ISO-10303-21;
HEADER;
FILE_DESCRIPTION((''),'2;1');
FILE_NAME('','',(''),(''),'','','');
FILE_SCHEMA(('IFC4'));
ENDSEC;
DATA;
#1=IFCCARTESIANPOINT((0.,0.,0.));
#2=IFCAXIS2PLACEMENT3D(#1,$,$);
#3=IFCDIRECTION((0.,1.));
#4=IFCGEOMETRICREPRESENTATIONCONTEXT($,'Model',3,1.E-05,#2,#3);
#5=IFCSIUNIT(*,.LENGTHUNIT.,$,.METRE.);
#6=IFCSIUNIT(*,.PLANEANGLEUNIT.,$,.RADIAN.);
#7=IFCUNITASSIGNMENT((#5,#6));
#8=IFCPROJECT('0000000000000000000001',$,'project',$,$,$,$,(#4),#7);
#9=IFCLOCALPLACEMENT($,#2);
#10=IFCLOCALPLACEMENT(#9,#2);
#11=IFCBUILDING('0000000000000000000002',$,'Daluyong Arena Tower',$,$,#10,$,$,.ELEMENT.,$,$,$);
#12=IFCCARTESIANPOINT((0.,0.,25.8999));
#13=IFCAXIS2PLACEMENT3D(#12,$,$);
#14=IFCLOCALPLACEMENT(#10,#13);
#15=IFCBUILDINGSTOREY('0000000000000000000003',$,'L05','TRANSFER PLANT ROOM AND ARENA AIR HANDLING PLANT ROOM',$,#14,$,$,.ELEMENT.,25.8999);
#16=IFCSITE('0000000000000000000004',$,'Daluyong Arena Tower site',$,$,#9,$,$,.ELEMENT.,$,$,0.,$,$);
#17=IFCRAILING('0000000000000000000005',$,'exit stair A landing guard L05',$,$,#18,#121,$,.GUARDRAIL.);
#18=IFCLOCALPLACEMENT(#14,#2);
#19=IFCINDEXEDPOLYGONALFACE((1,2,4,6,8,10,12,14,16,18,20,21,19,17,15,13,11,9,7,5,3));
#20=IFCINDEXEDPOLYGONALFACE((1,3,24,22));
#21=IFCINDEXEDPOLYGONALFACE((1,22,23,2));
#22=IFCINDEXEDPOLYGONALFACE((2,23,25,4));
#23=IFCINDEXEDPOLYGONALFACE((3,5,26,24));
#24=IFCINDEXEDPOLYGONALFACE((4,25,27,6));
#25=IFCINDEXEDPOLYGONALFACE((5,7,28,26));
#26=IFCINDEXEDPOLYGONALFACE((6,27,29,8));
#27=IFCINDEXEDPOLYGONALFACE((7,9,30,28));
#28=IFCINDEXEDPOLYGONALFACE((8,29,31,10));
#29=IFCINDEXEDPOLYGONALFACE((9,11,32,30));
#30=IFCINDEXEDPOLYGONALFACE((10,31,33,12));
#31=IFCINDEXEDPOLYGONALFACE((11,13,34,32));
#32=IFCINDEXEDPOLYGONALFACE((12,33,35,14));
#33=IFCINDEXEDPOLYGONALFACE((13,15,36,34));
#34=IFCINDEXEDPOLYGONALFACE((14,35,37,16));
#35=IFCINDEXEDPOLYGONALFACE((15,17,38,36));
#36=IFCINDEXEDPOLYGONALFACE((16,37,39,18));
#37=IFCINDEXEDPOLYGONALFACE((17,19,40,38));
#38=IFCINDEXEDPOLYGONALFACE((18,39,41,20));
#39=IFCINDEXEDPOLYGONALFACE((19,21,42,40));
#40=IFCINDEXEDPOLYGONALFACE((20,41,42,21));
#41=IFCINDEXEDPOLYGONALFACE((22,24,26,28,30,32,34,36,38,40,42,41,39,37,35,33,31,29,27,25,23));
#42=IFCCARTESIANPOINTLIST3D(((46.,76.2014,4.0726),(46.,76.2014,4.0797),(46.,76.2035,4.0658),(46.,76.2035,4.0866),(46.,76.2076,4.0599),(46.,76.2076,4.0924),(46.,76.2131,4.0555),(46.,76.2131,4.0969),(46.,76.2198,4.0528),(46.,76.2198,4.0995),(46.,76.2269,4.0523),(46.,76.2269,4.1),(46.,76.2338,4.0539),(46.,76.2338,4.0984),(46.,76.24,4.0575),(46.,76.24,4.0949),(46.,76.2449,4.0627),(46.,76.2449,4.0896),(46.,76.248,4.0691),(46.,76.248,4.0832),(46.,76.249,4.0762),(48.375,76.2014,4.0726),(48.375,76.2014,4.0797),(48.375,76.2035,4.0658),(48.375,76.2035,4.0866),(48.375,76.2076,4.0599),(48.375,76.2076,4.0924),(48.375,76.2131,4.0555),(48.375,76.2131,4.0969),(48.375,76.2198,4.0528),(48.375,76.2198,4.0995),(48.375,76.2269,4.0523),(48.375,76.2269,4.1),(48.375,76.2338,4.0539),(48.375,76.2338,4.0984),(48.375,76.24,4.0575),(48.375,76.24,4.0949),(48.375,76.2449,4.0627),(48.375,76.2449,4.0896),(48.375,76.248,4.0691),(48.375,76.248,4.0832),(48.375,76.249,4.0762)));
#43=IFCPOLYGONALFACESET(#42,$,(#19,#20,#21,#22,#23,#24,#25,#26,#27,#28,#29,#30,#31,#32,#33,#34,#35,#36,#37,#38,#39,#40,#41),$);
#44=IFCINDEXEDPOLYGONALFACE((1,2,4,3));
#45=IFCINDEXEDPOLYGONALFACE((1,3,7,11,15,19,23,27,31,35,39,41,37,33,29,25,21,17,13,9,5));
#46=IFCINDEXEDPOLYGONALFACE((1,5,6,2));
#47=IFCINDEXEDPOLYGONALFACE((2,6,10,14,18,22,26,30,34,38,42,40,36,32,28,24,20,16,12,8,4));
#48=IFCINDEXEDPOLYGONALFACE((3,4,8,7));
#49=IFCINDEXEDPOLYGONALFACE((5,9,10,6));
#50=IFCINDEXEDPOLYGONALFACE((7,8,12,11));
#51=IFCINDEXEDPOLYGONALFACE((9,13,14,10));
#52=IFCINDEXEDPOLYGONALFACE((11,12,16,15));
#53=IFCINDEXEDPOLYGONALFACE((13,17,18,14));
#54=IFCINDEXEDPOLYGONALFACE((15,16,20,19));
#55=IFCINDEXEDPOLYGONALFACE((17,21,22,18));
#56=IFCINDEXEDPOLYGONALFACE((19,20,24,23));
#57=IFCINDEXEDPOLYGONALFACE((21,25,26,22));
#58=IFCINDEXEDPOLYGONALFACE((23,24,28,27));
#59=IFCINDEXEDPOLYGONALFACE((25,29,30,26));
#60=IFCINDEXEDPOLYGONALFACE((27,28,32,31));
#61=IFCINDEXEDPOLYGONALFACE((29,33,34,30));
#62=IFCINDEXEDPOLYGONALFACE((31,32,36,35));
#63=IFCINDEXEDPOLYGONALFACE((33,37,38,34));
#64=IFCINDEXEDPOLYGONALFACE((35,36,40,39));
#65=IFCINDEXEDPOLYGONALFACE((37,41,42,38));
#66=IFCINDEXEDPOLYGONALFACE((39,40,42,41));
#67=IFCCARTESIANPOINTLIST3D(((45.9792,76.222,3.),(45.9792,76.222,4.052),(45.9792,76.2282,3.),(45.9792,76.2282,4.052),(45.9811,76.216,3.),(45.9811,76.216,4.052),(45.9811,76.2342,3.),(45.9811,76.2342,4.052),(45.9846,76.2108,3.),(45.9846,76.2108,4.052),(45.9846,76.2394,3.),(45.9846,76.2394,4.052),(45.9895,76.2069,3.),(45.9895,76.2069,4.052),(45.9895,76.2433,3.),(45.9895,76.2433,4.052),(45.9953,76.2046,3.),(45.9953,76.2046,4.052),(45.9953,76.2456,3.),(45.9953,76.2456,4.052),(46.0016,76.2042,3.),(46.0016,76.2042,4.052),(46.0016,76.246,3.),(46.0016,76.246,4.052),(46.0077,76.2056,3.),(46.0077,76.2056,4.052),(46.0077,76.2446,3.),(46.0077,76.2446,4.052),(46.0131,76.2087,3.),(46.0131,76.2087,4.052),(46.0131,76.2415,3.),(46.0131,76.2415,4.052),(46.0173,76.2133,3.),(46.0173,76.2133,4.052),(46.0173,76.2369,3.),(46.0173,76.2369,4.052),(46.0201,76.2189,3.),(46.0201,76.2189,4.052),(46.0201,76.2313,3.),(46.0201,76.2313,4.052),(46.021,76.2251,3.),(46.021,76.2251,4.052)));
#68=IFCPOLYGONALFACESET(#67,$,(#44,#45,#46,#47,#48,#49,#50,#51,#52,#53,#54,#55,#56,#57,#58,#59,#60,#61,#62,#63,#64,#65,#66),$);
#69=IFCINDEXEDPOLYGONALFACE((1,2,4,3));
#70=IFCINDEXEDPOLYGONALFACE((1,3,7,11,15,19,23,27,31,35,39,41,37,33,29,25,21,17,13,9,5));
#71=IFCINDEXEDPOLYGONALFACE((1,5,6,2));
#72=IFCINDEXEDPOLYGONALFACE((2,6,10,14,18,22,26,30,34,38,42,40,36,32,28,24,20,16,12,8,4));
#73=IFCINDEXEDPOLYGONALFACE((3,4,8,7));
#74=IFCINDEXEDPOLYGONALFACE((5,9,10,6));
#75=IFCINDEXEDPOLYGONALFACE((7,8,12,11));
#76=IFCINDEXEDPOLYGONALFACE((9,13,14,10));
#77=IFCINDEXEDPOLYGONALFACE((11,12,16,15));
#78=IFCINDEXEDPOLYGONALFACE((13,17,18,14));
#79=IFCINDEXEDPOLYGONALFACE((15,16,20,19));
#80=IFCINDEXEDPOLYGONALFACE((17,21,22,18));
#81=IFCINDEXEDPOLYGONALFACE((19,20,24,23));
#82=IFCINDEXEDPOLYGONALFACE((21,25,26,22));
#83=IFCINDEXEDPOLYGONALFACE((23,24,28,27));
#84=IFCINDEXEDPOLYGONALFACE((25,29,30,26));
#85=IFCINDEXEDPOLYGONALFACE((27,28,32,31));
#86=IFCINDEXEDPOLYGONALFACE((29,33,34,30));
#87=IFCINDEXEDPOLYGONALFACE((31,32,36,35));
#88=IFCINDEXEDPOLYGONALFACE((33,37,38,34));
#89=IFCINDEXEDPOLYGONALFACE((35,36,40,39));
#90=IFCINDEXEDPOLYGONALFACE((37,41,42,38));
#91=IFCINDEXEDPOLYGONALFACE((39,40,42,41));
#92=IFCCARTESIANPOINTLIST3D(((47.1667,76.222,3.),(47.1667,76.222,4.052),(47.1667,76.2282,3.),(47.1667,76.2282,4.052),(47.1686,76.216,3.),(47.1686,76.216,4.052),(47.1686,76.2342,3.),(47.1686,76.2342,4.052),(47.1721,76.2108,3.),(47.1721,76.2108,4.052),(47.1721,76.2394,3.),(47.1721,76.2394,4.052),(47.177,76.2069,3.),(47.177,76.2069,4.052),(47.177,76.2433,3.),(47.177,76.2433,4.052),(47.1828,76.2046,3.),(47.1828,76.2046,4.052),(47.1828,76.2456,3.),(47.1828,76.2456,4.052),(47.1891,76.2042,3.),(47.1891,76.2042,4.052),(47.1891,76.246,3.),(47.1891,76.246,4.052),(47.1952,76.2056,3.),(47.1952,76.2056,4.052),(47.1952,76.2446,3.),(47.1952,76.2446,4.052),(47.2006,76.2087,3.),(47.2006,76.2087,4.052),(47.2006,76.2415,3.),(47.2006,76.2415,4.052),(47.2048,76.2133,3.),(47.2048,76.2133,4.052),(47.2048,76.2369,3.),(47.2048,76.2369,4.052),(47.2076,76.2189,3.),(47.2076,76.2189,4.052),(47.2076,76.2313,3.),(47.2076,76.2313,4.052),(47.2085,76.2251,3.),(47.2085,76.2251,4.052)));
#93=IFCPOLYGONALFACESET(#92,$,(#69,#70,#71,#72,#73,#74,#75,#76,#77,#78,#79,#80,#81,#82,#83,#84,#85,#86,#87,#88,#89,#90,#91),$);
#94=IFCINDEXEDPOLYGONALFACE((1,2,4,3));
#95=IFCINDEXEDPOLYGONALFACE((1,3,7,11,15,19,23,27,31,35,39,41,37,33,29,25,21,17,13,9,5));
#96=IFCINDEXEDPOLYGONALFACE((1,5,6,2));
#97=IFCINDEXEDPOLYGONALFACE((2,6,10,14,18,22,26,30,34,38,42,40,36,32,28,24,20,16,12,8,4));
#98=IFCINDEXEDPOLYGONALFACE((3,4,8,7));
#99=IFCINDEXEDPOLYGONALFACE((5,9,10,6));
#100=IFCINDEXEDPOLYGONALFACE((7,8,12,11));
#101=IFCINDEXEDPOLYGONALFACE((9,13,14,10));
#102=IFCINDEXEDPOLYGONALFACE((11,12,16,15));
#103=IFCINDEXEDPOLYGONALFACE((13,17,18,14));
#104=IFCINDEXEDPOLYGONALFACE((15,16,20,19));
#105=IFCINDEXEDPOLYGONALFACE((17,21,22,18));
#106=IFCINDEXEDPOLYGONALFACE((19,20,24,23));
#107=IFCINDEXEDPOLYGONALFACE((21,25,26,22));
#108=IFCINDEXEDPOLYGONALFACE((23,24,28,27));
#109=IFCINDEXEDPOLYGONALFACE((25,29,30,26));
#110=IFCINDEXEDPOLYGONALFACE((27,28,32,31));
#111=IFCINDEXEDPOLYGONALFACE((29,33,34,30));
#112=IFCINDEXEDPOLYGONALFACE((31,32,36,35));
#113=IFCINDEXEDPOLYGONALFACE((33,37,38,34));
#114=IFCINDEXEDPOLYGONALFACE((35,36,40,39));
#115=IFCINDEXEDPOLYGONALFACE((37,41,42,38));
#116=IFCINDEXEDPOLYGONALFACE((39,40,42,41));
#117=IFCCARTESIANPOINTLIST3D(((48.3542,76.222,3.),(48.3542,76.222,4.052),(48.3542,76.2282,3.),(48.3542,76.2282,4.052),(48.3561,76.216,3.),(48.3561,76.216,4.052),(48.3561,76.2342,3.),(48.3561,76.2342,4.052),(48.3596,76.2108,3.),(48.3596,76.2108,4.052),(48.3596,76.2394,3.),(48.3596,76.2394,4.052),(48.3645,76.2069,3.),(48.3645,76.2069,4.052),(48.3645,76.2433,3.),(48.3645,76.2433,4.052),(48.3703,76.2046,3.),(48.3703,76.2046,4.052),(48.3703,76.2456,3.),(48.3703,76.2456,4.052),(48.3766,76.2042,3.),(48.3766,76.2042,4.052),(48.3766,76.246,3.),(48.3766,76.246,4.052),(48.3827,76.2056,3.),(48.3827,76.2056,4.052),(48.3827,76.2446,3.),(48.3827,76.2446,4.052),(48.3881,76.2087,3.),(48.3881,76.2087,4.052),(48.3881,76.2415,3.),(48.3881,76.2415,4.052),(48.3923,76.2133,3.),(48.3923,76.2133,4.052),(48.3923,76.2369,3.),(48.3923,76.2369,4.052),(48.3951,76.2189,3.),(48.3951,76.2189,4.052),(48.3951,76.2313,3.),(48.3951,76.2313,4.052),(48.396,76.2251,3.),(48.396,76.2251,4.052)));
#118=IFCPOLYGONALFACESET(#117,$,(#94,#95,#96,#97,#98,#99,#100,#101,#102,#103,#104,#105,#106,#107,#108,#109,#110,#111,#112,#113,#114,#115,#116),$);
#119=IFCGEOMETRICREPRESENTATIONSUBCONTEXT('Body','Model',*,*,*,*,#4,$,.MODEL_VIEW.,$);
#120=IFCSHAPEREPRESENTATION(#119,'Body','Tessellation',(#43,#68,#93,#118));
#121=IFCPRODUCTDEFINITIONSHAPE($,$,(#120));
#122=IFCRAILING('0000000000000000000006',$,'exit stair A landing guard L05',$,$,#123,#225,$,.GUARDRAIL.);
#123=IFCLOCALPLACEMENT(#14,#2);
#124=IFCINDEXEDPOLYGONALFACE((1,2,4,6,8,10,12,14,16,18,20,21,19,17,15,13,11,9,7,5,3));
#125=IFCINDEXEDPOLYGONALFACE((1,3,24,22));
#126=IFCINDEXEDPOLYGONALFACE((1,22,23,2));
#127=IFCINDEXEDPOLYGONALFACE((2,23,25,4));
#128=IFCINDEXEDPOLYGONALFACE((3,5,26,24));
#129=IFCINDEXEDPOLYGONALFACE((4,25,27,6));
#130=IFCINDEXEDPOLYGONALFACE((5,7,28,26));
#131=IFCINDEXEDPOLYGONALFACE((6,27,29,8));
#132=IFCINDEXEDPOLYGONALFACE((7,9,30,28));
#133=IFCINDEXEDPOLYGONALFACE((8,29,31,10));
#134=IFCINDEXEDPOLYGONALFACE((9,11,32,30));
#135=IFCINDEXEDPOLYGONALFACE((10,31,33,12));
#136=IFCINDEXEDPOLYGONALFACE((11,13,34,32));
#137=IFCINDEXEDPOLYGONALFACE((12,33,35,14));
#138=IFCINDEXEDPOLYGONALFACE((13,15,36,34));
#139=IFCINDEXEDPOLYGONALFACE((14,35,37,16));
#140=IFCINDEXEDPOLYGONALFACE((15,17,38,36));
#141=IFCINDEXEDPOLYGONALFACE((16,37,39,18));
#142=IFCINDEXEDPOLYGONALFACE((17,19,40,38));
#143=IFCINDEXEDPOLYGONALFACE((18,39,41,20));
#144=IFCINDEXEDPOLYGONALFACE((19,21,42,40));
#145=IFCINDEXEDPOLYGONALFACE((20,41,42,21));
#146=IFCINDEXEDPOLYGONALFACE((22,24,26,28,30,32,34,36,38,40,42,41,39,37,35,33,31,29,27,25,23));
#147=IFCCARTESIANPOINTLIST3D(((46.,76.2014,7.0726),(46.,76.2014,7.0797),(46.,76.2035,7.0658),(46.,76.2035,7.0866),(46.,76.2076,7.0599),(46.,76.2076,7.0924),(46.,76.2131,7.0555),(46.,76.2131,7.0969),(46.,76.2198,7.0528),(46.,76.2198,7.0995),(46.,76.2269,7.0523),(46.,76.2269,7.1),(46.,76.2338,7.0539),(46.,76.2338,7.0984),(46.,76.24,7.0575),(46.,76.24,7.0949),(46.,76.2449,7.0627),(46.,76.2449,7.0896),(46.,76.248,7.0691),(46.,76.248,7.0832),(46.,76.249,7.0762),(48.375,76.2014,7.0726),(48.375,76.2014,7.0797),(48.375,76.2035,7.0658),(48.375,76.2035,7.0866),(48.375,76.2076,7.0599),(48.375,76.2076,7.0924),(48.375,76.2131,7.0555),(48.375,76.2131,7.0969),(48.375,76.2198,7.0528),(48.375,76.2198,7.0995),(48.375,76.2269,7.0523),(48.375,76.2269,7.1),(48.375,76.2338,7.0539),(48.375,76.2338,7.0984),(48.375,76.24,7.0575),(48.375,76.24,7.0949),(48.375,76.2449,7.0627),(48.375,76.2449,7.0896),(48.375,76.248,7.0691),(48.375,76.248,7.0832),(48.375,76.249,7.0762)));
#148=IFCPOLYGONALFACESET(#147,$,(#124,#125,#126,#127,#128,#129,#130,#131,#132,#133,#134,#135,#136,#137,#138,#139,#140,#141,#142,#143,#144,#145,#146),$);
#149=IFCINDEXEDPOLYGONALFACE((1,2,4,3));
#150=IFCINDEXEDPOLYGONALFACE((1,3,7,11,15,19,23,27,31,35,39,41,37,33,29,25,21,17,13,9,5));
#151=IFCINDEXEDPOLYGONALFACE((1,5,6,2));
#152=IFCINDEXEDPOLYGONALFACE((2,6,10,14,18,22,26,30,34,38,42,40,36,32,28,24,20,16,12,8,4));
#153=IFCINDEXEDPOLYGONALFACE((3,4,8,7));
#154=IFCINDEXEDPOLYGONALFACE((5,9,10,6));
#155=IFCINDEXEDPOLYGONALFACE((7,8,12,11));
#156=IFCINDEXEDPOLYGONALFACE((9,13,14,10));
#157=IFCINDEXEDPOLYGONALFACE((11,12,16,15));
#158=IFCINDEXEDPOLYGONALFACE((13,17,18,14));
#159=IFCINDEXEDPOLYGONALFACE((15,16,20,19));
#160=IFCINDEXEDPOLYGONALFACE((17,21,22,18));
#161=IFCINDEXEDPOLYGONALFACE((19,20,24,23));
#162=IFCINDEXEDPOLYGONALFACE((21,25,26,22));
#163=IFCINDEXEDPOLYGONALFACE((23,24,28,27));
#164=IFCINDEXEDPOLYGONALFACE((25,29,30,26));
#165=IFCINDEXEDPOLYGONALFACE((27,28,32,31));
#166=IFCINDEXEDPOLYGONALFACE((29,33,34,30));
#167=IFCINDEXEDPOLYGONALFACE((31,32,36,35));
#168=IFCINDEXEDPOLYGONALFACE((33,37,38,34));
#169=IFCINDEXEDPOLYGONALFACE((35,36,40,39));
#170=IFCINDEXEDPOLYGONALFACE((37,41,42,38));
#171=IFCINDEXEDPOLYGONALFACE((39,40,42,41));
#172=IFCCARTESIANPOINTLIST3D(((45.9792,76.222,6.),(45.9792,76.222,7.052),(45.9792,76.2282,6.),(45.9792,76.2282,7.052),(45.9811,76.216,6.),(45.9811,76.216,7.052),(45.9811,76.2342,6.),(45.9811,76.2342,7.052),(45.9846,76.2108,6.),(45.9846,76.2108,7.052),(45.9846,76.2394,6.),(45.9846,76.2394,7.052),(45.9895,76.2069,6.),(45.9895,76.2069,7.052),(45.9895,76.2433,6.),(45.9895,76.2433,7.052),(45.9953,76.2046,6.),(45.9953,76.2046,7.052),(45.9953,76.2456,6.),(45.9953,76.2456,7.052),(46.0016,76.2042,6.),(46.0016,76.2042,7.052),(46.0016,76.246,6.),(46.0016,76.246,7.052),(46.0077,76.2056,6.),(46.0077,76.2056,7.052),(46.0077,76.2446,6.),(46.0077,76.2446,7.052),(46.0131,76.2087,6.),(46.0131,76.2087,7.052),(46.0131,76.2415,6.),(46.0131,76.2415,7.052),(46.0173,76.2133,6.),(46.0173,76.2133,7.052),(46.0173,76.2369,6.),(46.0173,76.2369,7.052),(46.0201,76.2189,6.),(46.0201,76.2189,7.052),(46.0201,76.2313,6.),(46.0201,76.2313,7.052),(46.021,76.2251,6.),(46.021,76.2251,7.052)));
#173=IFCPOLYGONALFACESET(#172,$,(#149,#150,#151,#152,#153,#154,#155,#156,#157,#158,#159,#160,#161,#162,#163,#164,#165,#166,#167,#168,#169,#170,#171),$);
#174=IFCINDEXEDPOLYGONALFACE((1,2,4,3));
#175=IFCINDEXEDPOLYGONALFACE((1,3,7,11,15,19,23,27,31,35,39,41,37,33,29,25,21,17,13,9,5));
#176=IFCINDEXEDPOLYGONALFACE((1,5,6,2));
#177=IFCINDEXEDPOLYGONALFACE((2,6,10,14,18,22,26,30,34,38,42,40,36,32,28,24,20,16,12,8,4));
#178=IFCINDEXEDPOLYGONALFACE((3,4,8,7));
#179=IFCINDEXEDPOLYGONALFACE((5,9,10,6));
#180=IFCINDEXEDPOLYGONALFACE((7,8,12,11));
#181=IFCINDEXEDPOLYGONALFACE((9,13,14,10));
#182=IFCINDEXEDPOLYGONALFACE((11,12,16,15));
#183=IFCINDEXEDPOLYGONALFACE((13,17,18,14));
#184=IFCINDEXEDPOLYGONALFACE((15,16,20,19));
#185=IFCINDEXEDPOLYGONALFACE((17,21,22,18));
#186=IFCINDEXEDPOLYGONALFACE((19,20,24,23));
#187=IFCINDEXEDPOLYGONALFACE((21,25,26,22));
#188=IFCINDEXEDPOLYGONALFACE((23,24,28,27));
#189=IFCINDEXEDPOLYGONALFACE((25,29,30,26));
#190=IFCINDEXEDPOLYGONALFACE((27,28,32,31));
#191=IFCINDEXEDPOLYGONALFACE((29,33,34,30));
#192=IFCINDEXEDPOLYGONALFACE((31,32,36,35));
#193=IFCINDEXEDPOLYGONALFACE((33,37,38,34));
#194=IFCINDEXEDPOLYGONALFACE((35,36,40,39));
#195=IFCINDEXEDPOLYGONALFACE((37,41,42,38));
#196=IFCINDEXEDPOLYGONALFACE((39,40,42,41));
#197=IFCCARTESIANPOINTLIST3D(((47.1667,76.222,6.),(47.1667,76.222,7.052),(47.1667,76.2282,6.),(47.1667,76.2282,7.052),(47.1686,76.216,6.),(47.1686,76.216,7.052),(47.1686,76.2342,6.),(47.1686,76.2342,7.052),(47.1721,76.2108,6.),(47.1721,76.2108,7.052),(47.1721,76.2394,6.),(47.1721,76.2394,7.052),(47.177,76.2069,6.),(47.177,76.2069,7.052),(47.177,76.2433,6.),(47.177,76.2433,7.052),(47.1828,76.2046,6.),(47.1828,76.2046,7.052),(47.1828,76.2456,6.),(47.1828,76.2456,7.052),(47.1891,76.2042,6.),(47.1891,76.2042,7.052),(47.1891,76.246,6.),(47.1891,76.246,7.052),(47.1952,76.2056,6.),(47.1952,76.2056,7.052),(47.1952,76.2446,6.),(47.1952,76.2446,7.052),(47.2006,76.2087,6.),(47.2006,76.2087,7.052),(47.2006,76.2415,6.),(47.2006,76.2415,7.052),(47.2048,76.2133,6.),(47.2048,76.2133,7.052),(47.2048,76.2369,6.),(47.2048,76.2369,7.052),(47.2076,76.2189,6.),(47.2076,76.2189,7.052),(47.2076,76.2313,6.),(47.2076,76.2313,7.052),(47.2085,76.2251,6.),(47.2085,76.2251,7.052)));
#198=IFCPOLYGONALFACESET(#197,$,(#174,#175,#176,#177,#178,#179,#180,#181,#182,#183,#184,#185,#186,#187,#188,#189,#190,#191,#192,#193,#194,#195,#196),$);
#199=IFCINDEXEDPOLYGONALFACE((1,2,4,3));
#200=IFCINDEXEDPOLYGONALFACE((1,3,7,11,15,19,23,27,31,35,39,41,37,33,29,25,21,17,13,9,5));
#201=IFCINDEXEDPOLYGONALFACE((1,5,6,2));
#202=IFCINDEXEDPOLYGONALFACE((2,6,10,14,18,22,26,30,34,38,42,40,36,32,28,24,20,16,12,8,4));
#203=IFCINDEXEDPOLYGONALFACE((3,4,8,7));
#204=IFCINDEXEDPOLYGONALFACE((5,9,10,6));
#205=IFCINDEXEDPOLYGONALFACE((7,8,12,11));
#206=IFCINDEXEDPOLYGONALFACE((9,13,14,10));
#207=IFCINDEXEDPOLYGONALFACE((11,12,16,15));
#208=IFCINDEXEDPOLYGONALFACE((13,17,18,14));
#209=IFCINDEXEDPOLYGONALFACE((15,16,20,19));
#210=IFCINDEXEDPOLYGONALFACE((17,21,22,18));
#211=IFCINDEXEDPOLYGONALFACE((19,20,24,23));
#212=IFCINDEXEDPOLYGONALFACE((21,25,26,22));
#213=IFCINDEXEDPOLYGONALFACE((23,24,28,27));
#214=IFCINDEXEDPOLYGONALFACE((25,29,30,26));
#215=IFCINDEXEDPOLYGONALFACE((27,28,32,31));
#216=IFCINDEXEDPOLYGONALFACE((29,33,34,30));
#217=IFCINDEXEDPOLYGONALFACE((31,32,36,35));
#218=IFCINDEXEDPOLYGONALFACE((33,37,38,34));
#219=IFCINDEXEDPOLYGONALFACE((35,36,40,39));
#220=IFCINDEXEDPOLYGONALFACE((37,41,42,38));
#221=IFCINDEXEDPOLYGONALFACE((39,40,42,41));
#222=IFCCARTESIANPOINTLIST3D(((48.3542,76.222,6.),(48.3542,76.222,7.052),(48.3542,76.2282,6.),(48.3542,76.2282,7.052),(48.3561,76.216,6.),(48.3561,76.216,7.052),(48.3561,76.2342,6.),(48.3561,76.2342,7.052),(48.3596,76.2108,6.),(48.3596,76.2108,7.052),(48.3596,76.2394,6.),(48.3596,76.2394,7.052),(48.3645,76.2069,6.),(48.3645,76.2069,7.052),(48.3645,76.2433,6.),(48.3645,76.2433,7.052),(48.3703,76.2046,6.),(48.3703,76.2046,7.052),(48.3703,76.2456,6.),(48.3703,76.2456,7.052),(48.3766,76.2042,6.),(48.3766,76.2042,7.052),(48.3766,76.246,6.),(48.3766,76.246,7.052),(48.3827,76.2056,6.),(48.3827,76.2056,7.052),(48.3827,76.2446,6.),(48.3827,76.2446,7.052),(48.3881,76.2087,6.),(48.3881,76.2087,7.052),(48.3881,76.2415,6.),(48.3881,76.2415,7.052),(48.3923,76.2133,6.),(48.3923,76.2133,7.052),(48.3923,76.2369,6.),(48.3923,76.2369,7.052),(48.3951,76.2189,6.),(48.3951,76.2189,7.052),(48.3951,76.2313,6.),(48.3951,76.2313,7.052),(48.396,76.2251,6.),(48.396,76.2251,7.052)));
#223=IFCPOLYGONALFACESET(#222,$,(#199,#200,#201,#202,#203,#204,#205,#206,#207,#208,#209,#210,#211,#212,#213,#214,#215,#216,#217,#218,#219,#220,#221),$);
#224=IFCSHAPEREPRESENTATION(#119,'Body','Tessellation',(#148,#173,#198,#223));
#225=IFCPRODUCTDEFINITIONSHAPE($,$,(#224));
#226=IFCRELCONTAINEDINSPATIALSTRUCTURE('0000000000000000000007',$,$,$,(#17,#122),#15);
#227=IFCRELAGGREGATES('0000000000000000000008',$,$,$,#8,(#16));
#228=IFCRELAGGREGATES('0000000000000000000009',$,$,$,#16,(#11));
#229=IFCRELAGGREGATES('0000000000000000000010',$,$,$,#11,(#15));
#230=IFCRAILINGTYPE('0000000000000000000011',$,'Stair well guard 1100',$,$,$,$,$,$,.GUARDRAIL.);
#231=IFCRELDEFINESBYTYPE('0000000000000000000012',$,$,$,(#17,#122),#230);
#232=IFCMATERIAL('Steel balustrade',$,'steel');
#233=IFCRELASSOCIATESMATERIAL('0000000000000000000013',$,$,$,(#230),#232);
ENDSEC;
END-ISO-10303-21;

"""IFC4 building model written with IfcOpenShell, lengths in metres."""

from ifc_helpers import new_model, si_unit, direction, frame, origin, origin_2d, place, context, subcontext, project, spatial, circle, extrude, material, type_object, element, save


model = new_model("IFC4")

# Units and contexts
model_context = context("Model", 3, precision=1e-05, world=origin(), true_north=direction((0.0, 1.0)))
body_context = subcontext(model_context, "Body", "Model", "MODEL_VIEW")
ifc_project = project(units=[si_unit("LENGTHUNIT", "METRE"), si_unit("PLANEANGLEUNIT", "RADIAN")], contexts=[model_context])

# Site, building, storey
site_placement = place(None, origin())
site = spatial("IfcSite", under=ifc_project, at=site_placement, Name="Daluyong Arena Tower site", CompositionType="ELEMENT", RefElevation=0.0)
building_placement = place(site_placement, origin())
building = spatial("IfcBuilding", under=site, at=building_placement, Name="Daluyong Arena Tower", CompositionType="ELEMENT")
storey_placement = place(building_placement, frame((0.0, 0.0, 25.8999)))
storey = spatial("IfcBuildingStorey", under=building, at=storey_placement, Name="L05", Description="TRANSFER PLANT ROOM AND ARENA AIR HANDLING PLANT ROOM", CompositionType="ELEMENT", Elevation=25.8999)

# Railings
ifc_material_1 = material(Name="Steel balustrade", Category="steel")
railing_type_1 = type_object("IfcRailingType", Name="Stair well guard 1100", PredefinedType="GUARDRAIL", material=ifc_material_1)
for number, where, name in (
    (1, (46.0, 76.2251, 3.0), "exit stair A landing guard L05"),
    (2, (46.0, 76.2251, 6.0), "exit stair A landing guard L05"),
):
    element("IfcRailing", number, at=place(storey_placement, frame(where)), inside=storey, type_object=railing_type_1, Name=name, PredefinedType="GUARDRAIL", context=body_context, shape_type="SweptSolid", body=[
        extrude(circle(Radius=0.0239, at=origin_2d()), frame((0.0, 0.0, 1.0762), z_axis=(1.0, 0.0, 0.0), x_axis=(0.0, 1.0, 0.0)), (0.0, 0.0, 1.0), 2.375),
        extrude(circle(Radius=0.021, at=origin_2d()), origin(), (0.0, 0.0, 1.0), 1.052),
        extrude(circle(Radius=0.021, at=origin_2d()), frame((1.1875, 0.0, 0.0)), (0.0, 0.0, 1.0), 1.052),
        extrude(circle(Radius=0.021, at=origin_2d()), frame((2.375, 0.0, 0.0)), (0.0, 0.0, 1.0), 1.052),
    ])

save(model, "model.ifc")
